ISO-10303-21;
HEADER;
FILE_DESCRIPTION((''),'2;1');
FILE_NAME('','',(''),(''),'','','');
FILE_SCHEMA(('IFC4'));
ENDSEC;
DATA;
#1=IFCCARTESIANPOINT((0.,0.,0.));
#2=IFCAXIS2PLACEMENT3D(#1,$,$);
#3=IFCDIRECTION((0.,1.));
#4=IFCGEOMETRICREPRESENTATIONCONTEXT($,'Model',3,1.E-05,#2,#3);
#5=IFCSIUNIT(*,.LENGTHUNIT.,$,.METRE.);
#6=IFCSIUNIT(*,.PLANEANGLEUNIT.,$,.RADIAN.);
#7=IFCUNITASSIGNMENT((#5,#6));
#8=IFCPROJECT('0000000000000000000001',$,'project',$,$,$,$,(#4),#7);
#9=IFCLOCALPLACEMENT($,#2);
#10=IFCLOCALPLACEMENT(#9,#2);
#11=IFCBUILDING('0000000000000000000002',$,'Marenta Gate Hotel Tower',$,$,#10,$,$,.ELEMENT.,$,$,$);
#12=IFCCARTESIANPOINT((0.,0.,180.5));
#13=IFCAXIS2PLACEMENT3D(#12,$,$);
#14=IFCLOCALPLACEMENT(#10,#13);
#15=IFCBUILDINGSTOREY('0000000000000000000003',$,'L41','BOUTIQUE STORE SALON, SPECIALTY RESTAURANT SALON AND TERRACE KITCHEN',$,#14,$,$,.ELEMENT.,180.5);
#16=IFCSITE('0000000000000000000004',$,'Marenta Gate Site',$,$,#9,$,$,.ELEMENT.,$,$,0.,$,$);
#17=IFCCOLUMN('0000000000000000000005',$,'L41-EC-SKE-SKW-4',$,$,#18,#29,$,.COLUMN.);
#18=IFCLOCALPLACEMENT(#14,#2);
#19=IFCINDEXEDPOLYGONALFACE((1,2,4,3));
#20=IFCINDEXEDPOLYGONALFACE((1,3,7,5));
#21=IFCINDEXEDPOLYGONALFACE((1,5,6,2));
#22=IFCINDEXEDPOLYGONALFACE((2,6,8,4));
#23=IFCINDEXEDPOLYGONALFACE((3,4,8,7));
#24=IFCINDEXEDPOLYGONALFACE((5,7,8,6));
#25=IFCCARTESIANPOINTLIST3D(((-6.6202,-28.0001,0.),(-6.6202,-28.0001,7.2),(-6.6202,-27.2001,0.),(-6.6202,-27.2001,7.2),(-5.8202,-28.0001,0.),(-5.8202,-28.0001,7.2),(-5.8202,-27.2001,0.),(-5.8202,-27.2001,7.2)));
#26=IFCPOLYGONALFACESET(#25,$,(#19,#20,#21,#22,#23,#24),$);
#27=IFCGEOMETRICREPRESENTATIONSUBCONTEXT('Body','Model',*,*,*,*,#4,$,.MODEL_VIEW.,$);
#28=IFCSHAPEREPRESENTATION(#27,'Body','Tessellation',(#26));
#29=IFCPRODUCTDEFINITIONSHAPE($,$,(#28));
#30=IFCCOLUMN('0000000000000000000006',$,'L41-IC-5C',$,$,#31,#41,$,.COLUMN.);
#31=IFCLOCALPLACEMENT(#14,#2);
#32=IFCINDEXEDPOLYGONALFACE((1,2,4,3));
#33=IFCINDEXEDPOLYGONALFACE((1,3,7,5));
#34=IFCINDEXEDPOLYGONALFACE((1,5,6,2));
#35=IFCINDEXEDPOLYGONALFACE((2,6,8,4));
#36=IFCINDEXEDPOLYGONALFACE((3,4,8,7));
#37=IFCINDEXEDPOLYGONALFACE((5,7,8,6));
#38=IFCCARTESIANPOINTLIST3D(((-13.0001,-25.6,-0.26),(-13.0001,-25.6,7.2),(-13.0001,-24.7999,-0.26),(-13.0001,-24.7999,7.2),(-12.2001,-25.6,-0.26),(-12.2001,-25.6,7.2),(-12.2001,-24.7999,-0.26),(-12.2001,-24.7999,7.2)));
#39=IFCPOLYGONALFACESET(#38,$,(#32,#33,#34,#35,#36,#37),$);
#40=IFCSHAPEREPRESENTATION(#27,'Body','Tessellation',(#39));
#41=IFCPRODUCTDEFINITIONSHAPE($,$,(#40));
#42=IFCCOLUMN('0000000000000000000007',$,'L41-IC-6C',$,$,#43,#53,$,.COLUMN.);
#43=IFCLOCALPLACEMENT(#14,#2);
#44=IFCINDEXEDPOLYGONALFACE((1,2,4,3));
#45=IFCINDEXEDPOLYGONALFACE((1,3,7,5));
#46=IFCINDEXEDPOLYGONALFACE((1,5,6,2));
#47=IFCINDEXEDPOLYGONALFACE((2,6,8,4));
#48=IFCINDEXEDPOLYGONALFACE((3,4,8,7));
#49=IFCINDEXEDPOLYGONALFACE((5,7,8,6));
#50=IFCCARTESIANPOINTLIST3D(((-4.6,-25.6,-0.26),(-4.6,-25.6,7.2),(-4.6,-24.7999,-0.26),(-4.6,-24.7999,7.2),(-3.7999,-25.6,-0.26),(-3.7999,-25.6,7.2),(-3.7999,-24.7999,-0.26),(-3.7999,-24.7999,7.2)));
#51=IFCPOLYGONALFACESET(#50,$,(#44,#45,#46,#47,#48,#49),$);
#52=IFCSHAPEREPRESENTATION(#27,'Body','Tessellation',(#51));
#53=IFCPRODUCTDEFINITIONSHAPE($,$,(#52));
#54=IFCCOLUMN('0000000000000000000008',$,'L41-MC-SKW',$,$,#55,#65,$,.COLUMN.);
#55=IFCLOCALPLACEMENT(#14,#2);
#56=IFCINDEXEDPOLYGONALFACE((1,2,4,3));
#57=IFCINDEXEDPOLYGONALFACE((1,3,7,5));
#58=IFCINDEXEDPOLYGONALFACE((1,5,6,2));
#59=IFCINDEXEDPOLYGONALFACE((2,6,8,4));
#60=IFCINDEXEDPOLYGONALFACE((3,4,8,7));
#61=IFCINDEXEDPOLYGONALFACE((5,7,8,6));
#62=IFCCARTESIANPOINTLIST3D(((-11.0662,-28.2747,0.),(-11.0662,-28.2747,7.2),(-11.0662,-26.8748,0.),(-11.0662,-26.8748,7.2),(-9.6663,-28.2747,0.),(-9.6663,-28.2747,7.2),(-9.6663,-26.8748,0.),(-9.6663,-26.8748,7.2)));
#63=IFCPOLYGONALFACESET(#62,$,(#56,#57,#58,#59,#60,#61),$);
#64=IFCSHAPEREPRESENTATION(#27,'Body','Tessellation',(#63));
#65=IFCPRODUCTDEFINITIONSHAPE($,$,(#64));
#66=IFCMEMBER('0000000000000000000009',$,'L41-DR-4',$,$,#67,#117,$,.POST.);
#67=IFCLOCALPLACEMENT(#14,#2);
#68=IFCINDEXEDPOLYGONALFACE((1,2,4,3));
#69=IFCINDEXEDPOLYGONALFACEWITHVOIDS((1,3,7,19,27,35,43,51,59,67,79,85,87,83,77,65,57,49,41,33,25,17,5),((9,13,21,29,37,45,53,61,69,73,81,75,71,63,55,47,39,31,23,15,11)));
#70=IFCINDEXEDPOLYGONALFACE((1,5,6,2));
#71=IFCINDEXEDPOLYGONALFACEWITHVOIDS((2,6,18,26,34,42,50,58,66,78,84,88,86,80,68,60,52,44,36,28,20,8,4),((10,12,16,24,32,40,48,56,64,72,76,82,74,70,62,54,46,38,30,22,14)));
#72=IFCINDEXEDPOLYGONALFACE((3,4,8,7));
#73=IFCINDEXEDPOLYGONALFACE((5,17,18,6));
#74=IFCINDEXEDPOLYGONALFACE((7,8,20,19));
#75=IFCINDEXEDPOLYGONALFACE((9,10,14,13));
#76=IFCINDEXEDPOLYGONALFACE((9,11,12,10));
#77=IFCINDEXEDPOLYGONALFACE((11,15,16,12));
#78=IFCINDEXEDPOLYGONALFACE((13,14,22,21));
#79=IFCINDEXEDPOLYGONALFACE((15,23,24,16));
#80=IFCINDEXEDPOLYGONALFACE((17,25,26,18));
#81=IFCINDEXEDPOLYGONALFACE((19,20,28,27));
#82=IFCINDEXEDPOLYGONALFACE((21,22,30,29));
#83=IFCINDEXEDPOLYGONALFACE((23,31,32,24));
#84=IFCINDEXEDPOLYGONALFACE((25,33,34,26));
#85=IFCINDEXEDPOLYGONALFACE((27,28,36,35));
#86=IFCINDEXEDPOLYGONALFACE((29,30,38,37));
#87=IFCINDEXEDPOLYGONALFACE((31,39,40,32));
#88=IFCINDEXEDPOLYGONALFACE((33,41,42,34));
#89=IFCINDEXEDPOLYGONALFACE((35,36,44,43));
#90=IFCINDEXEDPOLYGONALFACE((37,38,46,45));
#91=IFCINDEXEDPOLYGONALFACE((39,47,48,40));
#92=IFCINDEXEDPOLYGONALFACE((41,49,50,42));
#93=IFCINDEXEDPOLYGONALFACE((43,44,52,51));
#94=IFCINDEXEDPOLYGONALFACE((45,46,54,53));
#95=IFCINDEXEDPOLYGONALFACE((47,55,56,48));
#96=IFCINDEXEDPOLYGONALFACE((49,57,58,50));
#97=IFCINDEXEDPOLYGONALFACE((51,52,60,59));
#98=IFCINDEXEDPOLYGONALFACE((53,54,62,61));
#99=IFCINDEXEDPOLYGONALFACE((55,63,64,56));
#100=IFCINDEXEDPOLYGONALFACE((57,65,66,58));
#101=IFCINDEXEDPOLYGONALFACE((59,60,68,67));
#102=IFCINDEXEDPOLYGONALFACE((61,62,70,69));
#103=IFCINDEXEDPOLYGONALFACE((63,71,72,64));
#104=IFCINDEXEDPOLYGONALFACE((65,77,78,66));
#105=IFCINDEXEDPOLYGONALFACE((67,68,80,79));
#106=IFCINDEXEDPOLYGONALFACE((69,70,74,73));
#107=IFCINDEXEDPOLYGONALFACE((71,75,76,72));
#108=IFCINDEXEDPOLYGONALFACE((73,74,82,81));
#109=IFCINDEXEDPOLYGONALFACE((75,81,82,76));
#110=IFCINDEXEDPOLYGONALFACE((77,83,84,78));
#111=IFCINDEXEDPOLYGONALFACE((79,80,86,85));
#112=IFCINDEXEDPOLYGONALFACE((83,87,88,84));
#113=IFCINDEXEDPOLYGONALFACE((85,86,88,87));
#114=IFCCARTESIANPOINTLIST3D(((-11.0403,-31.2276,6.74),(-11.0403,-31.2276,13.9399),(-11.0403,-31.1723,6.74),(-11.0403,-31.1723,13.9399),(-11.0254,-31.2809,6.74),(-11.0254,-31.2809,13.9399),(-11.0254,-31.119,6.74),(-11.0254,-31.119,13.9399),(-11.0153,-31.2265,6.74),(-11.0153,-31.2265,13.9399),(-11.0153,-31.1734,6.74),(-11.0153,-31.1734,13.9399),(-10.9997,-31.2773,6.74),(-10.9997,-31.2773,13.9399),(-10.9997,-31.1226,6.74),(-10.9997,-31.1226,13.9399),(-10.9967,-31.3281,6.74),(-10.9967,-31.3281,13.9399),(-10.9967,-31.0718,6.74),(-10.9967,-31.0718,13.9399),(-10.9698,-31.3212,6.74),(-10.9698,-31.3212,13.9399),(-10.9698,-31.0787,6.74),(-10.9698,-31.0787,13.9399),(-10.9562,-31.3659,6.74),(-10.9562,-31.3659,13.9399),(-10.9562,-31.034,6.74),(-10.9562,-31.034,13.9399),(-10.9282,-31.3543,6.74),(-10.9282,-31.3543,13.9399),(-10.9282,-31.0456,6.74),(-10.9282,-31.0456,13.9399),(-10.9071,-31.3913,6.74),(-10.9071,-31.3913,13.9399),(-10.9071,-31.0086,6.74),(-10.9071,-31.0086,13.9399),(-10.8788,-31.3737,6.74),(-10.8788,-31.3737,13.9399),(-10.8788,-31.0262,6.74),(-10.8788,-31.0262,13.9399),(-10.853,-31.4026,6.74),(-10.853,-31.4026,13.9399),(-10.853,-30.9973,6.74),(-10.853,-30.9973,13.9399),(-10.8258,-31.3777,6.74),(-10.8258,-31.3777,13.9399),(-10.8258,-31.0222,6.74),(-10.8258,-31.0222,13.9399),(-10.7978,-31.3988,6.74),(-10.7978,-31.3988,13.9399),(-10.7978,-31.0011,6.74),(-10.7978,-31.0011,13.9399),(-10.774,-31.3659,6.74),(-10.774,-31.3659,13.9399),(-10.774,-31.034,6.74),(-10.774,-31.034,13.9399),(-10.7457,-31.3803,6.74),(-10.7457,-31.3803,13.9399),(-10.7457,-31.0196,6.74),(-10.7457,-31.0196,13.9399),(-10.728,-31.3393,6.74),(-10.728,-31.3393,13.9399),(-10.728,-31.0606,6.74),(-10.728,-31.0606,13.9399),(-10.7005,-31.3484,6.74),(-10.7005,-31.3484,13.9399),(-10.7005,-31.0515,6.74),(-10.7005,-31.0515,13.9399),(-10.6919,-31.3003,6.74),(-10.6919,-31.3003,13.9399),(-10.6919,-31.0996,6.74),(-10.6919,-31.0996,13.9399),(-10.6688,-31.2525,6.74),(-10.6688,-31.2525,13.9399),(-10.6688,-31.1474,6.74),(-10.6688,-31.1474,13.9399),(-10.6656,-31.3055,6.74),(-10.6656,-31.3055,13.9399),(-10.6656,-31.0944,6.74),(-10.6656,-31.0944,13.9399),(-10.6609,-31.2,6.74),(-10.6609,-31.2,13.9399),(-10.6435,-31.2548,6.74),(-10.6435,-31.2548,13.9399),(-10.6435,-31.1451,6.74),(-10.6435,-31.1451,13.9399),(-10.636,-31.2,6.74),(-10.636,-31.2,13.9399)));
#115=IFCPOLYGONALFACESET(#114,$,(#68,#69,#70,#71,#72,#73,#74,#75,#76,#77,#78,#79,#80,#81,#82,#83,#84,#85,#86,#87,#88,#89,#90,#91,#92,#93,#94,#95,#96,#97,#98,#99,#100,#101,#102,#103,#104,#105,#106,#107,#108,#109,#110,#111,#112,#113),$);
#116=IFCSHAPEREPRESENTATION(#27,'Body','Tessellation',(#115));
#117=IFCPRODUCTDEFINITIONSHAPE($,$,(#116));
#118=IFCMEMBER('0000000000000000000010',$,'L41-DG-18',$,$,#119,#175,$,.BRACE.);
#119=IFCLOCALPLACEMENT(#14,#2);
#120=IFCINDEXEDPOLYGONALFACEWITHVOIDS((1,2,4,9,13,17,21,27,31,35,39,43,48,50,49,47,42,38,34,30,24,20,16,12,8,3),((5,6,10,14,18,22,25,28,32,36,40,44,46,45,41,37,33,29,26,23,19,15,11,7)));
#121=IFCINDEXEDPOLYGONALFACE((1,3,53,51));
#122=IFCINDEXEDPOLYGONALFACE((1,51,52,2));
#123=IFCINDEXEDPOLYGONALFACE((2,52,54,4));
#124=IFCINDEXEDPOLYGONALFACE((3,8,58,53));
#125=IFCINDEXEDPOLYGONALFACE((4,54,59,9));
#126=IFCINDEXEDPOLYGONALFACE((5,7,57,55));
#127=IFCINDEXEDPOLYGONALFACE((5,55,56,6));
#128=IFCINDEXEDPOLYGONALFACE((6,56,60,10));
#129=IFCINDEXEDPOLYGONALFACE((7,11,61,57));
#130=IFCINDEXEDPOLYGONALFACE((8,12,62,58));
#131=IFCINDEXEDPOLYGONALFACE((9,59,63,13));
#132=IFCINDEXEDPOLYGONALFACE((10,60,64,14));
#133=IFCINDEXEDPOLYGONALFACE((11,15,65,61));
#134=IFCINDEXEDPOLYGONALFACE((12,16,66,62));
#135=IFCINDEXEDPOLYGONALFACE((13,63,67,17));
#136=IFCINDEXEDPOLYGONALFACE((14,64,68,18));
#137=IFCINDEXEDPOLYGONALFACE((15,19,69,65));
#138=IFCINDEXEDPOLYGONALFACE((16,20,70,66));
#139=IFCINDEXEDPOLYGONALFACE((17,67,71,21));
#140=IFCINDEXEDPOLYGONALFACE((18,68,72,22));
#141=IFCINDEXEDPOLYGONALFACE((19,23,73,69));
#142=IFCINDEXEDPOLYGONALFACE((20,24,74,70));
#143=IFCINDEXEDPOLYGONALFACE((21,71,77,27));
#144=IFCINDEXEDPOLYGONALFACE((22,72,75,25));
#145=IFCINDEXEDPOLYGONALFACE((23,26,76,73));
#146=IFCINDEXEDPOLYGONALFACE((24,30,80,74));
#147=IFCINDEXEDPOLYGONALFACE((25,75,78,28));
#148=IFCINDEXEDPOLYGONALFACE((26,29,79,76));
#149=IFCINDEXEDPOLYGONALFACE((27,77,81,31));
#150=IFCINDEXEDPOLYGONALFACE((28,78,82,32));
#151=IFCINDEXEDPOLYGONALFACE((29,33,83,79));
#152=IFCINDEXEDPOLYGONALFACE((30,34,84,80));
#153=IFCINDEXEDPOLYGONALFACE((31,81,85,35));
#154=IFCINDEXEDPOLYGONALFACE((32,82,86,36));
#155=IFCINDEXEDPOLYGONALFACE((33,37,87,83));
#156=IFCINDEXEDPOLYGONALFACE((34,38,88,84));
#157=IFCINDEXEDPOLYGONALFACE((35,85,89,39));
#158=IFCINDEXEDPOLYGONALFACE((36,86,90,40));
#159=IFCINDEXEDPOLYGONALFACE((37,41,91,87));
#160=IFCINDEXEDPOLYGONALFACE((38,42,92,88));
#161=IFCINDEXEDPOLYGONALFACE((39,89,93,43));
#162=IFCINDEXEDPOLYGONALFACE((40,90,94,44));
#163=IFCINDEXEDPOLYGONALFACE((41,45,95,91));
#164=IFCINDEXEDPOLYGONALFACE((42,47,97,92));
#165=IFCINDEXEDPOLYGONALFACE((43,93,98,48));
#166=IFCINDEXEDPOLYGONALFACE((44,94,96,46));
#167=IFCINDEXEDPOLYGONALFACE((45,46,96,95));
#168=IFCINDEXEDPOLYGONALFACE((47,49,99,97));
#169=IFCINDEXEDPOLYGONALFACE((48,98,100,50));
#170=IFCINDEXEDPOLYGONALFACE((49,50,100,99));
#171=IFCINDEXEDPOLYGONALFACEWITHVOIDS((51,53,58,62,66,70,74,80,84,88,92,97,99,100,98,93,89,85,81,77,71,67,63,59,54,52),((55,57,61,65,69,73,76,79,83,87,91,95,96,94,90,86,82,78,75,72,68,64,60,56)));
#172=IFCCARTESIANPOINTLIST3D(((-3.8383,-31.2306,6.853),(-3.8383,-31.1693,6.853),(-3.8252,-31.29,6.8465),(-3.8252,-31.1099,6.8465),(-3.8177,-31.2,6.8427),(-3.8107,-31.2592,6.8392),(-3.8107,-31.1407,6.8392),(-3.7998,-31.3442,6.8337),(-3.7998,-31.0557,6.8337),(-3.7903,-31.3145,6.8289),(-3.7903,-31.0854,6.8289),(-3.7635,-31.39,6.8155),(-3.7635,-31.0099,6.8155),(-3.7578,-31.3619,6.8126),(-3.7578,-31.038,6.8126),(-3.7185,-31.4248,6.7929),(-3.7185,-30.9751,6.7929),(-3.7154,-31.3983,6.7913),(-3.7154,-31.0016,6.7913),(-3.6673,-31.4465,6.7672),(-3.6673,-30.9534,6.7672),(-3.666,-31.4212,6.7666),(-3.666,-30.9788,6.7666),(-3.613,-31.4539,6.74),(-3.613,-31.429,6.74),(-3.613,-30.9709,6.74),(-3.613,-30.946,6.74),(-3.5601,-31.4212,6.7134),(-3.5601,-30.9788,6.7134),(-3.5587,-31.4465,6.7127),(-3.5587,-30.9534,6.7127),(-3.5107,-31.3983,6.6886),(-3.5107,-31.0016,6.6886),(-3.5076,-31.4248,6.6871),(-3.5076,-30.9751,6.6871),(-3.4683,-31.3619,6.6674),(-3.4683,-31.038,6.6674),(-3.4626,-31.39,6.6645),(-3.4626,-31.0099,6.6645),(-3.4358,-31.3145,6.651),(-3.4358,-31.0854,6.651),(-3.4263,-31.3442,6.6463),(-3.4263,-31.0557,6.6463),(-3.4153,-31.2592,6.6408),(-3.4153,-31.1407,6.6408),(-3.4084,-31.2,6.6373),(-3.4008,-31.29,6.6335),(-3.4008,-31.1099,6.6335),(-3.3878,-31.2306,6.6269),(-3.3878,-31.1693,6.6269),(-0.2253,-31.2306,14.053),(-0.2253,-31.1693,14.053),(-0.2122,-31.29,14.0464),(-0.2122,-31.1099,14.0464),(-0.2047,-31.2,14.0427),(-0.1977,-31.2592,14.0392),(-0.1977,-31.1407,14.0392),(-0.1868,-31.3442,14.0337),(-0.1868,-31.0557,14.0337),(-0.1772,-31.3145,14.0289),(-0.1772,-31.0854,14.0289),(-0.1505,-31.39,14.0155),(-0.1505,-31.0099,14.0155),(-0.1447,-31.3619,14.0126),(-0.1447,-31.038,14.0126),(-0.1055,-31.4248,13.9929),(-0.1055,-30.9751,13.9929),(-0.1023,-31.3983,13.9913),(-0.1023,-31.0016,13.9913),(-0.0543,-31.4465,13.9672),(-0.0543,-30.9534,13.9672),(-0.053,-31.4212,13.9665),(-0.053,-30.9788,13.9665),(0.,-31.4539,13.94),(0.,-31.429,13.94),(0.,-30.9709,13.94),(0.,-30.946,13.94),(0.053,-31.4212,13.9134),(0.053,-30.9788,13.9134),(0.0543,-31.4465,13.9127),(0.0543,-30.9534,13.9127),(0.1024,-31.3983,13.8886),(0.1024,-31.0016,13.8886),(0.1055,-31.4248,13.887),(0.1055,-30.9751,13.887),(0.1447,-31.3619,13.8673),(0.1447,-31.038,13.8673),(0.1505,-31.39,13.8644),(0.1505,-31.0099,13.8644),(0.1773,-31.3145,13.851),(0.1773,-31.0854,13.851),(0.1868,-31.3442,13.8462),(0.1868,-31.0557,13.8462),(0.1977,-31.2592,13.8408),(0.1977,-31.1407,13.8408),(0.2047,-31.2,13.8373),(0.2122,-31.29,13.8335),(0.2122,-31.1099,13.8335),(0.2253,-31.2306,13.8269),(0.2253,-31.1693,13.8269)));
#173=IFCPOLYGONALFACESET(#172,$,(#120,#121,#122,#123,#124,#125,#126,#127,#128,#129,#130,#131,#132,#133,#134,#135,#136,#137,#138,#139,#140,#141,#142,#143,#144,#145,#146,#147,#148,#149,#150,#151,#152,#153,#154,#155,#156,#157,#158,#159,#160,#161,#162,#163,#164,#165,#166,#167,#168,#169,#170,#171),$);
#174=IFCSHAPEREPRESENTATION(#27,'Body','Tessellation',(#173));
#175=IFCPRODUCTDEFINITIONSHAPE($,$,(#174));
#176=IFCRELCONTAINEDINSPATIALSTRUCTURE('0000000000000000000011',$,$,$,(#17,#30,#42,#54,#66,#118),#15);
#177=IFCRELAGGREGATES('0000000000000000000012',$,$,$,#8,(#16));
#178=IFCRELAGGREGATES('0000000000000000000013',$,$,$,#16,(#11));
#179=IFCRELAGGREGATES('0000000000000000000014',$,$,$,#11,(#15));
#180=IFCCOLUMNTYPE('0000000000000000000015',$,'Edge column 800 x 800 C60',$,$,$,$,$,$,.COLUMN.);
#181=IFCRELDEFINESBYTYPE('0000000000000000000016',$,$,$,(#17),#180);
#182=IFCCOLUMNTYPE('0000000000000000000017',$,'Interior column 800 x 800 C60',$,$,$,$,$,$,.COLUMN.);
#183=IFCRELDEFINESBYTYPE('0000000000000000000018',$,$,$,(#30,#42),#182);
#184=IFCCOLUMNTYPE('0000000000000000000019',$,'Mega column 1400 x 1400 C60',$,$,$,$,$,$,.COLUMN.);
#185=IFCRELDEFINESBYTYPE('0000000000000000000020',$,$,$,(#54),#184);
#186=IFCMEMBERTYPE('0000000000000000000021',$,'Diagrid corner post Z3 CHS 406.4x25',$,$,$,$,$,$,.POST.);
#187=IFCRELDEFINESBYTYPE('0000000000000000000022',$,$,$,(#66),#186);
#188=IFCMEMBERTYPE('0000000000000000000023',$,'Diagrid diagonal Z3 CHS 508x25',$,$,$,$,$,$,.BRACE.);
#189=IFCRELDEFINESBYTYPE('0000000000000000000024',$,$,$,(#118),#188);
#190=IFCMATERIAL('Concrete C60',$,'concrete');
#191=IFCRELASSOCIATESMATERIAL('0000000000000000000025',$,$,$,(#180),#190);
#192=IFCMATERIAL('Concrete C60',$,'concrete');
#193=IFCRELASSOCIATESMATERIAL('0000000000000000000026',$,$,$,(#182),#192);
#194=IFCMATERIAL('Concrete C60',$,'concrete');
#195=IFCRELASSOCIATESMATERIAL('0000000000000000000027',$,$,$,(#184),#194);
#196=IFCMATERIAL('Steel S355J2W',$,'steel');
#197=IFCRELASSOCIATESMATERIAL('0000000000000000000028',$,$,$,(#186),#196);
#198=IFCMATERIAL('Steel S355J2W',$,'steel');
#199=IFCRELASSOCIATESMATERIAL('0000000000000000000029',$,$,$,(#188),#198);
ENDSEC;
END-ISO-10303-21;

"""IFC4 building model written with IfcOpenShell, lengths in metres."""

from ifc_helpers import new_model, si_unit, direction, frame, origin, origin_2d, place, context, subcontext, project, spatial, rectangle, hollow_circle, extrude, material, material_profile, profile_set, type_object, element, save


model = new_model("IFC4")

# Units and contexts
model_context = context("Model", 3, precision=1e-05, world=origin(), true_north=direction((0.0, 1.0)))
body_context = subcontext(model_context, "Body", "Model", "MODEL_VIEW")
ifc_project = project(units=[si_unit("LENGTHUNIT", "METRE"), si_unit("PLANEANGLEUNIT", "RADIAN")], contexts=[model_context])

# Site, building, storey
site_placement = place(None, origin())
site = spatial("IfcSite", under=ifc_project, at=site_placement, Name="Marenta Gate Site", CompositionType="ELEMENT", RefElevation=0.0)
building_placement = place(site_placement, origin())
building = spatial("IfcBuilding", under=site, at=building_placement, Name="Marenta Gate Hotel Tower", CompositionType="ELEMENT")
storey_placement = place(building_placement, frame((0.0, 0.0, 180.5)))
storey = spatial("IfcBuildingStorey", under=building, at=storey_placement, Name="L41", Description="BOUTIQUE STORE SALON, SPECIALTY RESTAURANT SALON AND TERRACE KITCHEN", CompositionType="ELEMENT", Elevation=180.5)

# Columns
ifc_material_1 = material(Name="Concrete C60", Category="concrete")
ifc_material_profile_1 = material_profile(ifc_material_1, rectangle(XDim=0.8, YDim=0.8, at=origin_2d()), Name="800 x 800")
ifc_profile_set_1 = profile_set([ifc_material_profile_1], Name="Concrete C60")
column_type_1 = type_object("IfcColumnType", Name="Edge column 800 x 800 C60", PredefinedType="COLUMN", material=ifc_profile_set_1)
column_1_placement = place(storey_placement, frame((-6.2202, -27.6001, 0.0), z_axis=(0.0, 0.0, 1.0), x_axis=(1.0, 0.0, 0.0)))
element("IfcColumn", 1, at=column_1_placement, inside=storey, type_object=column_type_1, Name="L41-EC-SKE-SKW-4", PredefinedType="COLUMN", context=body_context, shape_type="SweptSolid", body=[
    extrude(rectangle(XDim=0.8, YDim=0.8, at=origin_2d()), origin(), (0.0, 0.0, 1.0), 7.2),
])
ifc_material_2 = material(Name="Concrete C60", Category="concrete")
ifc_material_profile_2 = material_profile(ifc_material_2, rectangle(XDim=0.8, YDim=0.8, at=origin_2d()), Name="800 x 800")
ifc_profile_set_2 = profile_set([ifc_material_profile_2], Name="Concrete C60")
column_type_2 = type_object("IfcColumnType", Name="Interior column 800 x 800 C60", PredefinedType="COLUMN", material=ifc_profile_set_2)
for number, where, z_axis, x_axis, name in (
    (2, (-12.6001, -25.2, -0.26), (0.0, 0.0, 1.0), (1.0, 0.0, 0.0), "L41-IC-5C"),
    (3, (-4.2, -25.2, -0.26), (0.0, 0.0, 1.0), (1.0, 0.0, 0.0), "L41-IC-6C"),
):
    element("IfcColumn", number, at=place(storey_placement, frame(where, z_axis=z_axis, x_axis=x_axis)), inside=storey, type_object=column_type_2, Name=name, PredefinedType="COLUMN", context=body_context, shape_type="SweptSolid", body=[
        extrude(rectangle(XDim=0.8, YDim=0.8, at=origin_2d()), origin(), (0.0, 0.0, 1.0), 7.46),
    ])
ifc_material_3 = material(Name="Concrete C60", Category="concrete")
ifc_material_profile_3 = material_profile(ifc_material_3, rectangle(XDim=1.3999, YDim=1.3999, at=origin_2d()), Name="1400 x 1400")
ifc_profile_set_3 = profile_set([ifc_material_profile_3], Name="Concrete C60")
column_type_3 = type_object("IfcColumnType", Name="Mega column 1400 x 1400 C60", PredefinedType="COLUMN", material=ifc_profile_set_3)
column_2_placement = place(storey_placement, frame((-10.3662, -27.5747, 0.0), z_axis=(0.0, 0.0, 1.0), x_axis=(1.0, 0.0, 0.0)))
element("IfcColumn", 4, at=column_2_placement, inside=storey, type_object=column_type_3, Name="L41-MC-SKW", PredefinedType="COLUMN", context=body_context, shape_type="SweptSolid", body=[
    extrude(rectangle(XDim=1.3999, YDim=1.3999, at=origin_2d()), origin(), (0.0, 0.0, 1.0), 7.2),
])

# Members
ifc_material_4 = material(Name="Steel S355J2W", Category="steel")
ifc_material_profile_4 = material_profile(ifc_material_4, hollow_circle(Radius=0.2031, WallThickness=0.0249, at=origin_2d()), Name="CHS 406.4x25")
ifc_profile_set_4 = profile_set([ifc_material_profile_4], Name="Steel S355J2W")
member_type_1 = type_object("IfcMemberType", Name="Diagrid corner post Z3 CHS 406.4x25", PredefinedType="POST", material=ifc_profile_set_4)
member_1_placement = place(storey_placement, frame((-10.8391, -31.2, 6.74), z_axis=(0.0, 0.0, 1.0), x_axis=(1.0, 0.0, 0.0)))
element("IfcMember", 5, at=member_1_placement, inside=storey, type_object=member_type_1, Name="L41-DR-4", PredefinedType="POST", context=body_context, shape_type="SweptSolid", body=[
    extrude(hollow_circle(Radius=0.2031, WallThickness=0.0249, at=origin_2d()), origin(), (0.0, 0.0, 1.0), 7.2),
])
ifc_material_5 = material(Name="Steel S355J2W", Category="steel")
ifc_material_profile_5 = material_profile(ifc_material_5, hollow_circle(Radius=0.2539, WallThickness=0.0249, at=origin_2d()), Name="CHS 508x25")
ifc_profile_set_5 = profile_set([ifc_material_profile_5], Name="Steel S355J2W")
member_type_2 = type_object("IfcMemberType", Name="Diagrid diagonal Z3 CHS 508x25", PredefinedType="BRACE", material=ifc_profile_set_5)
for number, where, z_axis, x_axis, name in (
    (6, (-3.613, -31.2, 6.74), (0.44851, 0.0, 0.893778), (0.0, 1.0, 0.0), "L41-DG-18"),
):
    element("IfcMember", number, at=place(storey_placement, frame(where, z_axis=z_axis, x_axis=x_axis)), inside=storey, type_object=member_type_2, Name=name, PredefinedType="BRACE", context=body_context, shape_type="SweptSolid", body=[
        extrude(hollow_circle(Radius=0.2539, WallThickness=0.0249, at=origin_2d()), origin(), (0.0, 0.0, 1.0), 8.0557),
    ])

save(model, "model.ifc")
